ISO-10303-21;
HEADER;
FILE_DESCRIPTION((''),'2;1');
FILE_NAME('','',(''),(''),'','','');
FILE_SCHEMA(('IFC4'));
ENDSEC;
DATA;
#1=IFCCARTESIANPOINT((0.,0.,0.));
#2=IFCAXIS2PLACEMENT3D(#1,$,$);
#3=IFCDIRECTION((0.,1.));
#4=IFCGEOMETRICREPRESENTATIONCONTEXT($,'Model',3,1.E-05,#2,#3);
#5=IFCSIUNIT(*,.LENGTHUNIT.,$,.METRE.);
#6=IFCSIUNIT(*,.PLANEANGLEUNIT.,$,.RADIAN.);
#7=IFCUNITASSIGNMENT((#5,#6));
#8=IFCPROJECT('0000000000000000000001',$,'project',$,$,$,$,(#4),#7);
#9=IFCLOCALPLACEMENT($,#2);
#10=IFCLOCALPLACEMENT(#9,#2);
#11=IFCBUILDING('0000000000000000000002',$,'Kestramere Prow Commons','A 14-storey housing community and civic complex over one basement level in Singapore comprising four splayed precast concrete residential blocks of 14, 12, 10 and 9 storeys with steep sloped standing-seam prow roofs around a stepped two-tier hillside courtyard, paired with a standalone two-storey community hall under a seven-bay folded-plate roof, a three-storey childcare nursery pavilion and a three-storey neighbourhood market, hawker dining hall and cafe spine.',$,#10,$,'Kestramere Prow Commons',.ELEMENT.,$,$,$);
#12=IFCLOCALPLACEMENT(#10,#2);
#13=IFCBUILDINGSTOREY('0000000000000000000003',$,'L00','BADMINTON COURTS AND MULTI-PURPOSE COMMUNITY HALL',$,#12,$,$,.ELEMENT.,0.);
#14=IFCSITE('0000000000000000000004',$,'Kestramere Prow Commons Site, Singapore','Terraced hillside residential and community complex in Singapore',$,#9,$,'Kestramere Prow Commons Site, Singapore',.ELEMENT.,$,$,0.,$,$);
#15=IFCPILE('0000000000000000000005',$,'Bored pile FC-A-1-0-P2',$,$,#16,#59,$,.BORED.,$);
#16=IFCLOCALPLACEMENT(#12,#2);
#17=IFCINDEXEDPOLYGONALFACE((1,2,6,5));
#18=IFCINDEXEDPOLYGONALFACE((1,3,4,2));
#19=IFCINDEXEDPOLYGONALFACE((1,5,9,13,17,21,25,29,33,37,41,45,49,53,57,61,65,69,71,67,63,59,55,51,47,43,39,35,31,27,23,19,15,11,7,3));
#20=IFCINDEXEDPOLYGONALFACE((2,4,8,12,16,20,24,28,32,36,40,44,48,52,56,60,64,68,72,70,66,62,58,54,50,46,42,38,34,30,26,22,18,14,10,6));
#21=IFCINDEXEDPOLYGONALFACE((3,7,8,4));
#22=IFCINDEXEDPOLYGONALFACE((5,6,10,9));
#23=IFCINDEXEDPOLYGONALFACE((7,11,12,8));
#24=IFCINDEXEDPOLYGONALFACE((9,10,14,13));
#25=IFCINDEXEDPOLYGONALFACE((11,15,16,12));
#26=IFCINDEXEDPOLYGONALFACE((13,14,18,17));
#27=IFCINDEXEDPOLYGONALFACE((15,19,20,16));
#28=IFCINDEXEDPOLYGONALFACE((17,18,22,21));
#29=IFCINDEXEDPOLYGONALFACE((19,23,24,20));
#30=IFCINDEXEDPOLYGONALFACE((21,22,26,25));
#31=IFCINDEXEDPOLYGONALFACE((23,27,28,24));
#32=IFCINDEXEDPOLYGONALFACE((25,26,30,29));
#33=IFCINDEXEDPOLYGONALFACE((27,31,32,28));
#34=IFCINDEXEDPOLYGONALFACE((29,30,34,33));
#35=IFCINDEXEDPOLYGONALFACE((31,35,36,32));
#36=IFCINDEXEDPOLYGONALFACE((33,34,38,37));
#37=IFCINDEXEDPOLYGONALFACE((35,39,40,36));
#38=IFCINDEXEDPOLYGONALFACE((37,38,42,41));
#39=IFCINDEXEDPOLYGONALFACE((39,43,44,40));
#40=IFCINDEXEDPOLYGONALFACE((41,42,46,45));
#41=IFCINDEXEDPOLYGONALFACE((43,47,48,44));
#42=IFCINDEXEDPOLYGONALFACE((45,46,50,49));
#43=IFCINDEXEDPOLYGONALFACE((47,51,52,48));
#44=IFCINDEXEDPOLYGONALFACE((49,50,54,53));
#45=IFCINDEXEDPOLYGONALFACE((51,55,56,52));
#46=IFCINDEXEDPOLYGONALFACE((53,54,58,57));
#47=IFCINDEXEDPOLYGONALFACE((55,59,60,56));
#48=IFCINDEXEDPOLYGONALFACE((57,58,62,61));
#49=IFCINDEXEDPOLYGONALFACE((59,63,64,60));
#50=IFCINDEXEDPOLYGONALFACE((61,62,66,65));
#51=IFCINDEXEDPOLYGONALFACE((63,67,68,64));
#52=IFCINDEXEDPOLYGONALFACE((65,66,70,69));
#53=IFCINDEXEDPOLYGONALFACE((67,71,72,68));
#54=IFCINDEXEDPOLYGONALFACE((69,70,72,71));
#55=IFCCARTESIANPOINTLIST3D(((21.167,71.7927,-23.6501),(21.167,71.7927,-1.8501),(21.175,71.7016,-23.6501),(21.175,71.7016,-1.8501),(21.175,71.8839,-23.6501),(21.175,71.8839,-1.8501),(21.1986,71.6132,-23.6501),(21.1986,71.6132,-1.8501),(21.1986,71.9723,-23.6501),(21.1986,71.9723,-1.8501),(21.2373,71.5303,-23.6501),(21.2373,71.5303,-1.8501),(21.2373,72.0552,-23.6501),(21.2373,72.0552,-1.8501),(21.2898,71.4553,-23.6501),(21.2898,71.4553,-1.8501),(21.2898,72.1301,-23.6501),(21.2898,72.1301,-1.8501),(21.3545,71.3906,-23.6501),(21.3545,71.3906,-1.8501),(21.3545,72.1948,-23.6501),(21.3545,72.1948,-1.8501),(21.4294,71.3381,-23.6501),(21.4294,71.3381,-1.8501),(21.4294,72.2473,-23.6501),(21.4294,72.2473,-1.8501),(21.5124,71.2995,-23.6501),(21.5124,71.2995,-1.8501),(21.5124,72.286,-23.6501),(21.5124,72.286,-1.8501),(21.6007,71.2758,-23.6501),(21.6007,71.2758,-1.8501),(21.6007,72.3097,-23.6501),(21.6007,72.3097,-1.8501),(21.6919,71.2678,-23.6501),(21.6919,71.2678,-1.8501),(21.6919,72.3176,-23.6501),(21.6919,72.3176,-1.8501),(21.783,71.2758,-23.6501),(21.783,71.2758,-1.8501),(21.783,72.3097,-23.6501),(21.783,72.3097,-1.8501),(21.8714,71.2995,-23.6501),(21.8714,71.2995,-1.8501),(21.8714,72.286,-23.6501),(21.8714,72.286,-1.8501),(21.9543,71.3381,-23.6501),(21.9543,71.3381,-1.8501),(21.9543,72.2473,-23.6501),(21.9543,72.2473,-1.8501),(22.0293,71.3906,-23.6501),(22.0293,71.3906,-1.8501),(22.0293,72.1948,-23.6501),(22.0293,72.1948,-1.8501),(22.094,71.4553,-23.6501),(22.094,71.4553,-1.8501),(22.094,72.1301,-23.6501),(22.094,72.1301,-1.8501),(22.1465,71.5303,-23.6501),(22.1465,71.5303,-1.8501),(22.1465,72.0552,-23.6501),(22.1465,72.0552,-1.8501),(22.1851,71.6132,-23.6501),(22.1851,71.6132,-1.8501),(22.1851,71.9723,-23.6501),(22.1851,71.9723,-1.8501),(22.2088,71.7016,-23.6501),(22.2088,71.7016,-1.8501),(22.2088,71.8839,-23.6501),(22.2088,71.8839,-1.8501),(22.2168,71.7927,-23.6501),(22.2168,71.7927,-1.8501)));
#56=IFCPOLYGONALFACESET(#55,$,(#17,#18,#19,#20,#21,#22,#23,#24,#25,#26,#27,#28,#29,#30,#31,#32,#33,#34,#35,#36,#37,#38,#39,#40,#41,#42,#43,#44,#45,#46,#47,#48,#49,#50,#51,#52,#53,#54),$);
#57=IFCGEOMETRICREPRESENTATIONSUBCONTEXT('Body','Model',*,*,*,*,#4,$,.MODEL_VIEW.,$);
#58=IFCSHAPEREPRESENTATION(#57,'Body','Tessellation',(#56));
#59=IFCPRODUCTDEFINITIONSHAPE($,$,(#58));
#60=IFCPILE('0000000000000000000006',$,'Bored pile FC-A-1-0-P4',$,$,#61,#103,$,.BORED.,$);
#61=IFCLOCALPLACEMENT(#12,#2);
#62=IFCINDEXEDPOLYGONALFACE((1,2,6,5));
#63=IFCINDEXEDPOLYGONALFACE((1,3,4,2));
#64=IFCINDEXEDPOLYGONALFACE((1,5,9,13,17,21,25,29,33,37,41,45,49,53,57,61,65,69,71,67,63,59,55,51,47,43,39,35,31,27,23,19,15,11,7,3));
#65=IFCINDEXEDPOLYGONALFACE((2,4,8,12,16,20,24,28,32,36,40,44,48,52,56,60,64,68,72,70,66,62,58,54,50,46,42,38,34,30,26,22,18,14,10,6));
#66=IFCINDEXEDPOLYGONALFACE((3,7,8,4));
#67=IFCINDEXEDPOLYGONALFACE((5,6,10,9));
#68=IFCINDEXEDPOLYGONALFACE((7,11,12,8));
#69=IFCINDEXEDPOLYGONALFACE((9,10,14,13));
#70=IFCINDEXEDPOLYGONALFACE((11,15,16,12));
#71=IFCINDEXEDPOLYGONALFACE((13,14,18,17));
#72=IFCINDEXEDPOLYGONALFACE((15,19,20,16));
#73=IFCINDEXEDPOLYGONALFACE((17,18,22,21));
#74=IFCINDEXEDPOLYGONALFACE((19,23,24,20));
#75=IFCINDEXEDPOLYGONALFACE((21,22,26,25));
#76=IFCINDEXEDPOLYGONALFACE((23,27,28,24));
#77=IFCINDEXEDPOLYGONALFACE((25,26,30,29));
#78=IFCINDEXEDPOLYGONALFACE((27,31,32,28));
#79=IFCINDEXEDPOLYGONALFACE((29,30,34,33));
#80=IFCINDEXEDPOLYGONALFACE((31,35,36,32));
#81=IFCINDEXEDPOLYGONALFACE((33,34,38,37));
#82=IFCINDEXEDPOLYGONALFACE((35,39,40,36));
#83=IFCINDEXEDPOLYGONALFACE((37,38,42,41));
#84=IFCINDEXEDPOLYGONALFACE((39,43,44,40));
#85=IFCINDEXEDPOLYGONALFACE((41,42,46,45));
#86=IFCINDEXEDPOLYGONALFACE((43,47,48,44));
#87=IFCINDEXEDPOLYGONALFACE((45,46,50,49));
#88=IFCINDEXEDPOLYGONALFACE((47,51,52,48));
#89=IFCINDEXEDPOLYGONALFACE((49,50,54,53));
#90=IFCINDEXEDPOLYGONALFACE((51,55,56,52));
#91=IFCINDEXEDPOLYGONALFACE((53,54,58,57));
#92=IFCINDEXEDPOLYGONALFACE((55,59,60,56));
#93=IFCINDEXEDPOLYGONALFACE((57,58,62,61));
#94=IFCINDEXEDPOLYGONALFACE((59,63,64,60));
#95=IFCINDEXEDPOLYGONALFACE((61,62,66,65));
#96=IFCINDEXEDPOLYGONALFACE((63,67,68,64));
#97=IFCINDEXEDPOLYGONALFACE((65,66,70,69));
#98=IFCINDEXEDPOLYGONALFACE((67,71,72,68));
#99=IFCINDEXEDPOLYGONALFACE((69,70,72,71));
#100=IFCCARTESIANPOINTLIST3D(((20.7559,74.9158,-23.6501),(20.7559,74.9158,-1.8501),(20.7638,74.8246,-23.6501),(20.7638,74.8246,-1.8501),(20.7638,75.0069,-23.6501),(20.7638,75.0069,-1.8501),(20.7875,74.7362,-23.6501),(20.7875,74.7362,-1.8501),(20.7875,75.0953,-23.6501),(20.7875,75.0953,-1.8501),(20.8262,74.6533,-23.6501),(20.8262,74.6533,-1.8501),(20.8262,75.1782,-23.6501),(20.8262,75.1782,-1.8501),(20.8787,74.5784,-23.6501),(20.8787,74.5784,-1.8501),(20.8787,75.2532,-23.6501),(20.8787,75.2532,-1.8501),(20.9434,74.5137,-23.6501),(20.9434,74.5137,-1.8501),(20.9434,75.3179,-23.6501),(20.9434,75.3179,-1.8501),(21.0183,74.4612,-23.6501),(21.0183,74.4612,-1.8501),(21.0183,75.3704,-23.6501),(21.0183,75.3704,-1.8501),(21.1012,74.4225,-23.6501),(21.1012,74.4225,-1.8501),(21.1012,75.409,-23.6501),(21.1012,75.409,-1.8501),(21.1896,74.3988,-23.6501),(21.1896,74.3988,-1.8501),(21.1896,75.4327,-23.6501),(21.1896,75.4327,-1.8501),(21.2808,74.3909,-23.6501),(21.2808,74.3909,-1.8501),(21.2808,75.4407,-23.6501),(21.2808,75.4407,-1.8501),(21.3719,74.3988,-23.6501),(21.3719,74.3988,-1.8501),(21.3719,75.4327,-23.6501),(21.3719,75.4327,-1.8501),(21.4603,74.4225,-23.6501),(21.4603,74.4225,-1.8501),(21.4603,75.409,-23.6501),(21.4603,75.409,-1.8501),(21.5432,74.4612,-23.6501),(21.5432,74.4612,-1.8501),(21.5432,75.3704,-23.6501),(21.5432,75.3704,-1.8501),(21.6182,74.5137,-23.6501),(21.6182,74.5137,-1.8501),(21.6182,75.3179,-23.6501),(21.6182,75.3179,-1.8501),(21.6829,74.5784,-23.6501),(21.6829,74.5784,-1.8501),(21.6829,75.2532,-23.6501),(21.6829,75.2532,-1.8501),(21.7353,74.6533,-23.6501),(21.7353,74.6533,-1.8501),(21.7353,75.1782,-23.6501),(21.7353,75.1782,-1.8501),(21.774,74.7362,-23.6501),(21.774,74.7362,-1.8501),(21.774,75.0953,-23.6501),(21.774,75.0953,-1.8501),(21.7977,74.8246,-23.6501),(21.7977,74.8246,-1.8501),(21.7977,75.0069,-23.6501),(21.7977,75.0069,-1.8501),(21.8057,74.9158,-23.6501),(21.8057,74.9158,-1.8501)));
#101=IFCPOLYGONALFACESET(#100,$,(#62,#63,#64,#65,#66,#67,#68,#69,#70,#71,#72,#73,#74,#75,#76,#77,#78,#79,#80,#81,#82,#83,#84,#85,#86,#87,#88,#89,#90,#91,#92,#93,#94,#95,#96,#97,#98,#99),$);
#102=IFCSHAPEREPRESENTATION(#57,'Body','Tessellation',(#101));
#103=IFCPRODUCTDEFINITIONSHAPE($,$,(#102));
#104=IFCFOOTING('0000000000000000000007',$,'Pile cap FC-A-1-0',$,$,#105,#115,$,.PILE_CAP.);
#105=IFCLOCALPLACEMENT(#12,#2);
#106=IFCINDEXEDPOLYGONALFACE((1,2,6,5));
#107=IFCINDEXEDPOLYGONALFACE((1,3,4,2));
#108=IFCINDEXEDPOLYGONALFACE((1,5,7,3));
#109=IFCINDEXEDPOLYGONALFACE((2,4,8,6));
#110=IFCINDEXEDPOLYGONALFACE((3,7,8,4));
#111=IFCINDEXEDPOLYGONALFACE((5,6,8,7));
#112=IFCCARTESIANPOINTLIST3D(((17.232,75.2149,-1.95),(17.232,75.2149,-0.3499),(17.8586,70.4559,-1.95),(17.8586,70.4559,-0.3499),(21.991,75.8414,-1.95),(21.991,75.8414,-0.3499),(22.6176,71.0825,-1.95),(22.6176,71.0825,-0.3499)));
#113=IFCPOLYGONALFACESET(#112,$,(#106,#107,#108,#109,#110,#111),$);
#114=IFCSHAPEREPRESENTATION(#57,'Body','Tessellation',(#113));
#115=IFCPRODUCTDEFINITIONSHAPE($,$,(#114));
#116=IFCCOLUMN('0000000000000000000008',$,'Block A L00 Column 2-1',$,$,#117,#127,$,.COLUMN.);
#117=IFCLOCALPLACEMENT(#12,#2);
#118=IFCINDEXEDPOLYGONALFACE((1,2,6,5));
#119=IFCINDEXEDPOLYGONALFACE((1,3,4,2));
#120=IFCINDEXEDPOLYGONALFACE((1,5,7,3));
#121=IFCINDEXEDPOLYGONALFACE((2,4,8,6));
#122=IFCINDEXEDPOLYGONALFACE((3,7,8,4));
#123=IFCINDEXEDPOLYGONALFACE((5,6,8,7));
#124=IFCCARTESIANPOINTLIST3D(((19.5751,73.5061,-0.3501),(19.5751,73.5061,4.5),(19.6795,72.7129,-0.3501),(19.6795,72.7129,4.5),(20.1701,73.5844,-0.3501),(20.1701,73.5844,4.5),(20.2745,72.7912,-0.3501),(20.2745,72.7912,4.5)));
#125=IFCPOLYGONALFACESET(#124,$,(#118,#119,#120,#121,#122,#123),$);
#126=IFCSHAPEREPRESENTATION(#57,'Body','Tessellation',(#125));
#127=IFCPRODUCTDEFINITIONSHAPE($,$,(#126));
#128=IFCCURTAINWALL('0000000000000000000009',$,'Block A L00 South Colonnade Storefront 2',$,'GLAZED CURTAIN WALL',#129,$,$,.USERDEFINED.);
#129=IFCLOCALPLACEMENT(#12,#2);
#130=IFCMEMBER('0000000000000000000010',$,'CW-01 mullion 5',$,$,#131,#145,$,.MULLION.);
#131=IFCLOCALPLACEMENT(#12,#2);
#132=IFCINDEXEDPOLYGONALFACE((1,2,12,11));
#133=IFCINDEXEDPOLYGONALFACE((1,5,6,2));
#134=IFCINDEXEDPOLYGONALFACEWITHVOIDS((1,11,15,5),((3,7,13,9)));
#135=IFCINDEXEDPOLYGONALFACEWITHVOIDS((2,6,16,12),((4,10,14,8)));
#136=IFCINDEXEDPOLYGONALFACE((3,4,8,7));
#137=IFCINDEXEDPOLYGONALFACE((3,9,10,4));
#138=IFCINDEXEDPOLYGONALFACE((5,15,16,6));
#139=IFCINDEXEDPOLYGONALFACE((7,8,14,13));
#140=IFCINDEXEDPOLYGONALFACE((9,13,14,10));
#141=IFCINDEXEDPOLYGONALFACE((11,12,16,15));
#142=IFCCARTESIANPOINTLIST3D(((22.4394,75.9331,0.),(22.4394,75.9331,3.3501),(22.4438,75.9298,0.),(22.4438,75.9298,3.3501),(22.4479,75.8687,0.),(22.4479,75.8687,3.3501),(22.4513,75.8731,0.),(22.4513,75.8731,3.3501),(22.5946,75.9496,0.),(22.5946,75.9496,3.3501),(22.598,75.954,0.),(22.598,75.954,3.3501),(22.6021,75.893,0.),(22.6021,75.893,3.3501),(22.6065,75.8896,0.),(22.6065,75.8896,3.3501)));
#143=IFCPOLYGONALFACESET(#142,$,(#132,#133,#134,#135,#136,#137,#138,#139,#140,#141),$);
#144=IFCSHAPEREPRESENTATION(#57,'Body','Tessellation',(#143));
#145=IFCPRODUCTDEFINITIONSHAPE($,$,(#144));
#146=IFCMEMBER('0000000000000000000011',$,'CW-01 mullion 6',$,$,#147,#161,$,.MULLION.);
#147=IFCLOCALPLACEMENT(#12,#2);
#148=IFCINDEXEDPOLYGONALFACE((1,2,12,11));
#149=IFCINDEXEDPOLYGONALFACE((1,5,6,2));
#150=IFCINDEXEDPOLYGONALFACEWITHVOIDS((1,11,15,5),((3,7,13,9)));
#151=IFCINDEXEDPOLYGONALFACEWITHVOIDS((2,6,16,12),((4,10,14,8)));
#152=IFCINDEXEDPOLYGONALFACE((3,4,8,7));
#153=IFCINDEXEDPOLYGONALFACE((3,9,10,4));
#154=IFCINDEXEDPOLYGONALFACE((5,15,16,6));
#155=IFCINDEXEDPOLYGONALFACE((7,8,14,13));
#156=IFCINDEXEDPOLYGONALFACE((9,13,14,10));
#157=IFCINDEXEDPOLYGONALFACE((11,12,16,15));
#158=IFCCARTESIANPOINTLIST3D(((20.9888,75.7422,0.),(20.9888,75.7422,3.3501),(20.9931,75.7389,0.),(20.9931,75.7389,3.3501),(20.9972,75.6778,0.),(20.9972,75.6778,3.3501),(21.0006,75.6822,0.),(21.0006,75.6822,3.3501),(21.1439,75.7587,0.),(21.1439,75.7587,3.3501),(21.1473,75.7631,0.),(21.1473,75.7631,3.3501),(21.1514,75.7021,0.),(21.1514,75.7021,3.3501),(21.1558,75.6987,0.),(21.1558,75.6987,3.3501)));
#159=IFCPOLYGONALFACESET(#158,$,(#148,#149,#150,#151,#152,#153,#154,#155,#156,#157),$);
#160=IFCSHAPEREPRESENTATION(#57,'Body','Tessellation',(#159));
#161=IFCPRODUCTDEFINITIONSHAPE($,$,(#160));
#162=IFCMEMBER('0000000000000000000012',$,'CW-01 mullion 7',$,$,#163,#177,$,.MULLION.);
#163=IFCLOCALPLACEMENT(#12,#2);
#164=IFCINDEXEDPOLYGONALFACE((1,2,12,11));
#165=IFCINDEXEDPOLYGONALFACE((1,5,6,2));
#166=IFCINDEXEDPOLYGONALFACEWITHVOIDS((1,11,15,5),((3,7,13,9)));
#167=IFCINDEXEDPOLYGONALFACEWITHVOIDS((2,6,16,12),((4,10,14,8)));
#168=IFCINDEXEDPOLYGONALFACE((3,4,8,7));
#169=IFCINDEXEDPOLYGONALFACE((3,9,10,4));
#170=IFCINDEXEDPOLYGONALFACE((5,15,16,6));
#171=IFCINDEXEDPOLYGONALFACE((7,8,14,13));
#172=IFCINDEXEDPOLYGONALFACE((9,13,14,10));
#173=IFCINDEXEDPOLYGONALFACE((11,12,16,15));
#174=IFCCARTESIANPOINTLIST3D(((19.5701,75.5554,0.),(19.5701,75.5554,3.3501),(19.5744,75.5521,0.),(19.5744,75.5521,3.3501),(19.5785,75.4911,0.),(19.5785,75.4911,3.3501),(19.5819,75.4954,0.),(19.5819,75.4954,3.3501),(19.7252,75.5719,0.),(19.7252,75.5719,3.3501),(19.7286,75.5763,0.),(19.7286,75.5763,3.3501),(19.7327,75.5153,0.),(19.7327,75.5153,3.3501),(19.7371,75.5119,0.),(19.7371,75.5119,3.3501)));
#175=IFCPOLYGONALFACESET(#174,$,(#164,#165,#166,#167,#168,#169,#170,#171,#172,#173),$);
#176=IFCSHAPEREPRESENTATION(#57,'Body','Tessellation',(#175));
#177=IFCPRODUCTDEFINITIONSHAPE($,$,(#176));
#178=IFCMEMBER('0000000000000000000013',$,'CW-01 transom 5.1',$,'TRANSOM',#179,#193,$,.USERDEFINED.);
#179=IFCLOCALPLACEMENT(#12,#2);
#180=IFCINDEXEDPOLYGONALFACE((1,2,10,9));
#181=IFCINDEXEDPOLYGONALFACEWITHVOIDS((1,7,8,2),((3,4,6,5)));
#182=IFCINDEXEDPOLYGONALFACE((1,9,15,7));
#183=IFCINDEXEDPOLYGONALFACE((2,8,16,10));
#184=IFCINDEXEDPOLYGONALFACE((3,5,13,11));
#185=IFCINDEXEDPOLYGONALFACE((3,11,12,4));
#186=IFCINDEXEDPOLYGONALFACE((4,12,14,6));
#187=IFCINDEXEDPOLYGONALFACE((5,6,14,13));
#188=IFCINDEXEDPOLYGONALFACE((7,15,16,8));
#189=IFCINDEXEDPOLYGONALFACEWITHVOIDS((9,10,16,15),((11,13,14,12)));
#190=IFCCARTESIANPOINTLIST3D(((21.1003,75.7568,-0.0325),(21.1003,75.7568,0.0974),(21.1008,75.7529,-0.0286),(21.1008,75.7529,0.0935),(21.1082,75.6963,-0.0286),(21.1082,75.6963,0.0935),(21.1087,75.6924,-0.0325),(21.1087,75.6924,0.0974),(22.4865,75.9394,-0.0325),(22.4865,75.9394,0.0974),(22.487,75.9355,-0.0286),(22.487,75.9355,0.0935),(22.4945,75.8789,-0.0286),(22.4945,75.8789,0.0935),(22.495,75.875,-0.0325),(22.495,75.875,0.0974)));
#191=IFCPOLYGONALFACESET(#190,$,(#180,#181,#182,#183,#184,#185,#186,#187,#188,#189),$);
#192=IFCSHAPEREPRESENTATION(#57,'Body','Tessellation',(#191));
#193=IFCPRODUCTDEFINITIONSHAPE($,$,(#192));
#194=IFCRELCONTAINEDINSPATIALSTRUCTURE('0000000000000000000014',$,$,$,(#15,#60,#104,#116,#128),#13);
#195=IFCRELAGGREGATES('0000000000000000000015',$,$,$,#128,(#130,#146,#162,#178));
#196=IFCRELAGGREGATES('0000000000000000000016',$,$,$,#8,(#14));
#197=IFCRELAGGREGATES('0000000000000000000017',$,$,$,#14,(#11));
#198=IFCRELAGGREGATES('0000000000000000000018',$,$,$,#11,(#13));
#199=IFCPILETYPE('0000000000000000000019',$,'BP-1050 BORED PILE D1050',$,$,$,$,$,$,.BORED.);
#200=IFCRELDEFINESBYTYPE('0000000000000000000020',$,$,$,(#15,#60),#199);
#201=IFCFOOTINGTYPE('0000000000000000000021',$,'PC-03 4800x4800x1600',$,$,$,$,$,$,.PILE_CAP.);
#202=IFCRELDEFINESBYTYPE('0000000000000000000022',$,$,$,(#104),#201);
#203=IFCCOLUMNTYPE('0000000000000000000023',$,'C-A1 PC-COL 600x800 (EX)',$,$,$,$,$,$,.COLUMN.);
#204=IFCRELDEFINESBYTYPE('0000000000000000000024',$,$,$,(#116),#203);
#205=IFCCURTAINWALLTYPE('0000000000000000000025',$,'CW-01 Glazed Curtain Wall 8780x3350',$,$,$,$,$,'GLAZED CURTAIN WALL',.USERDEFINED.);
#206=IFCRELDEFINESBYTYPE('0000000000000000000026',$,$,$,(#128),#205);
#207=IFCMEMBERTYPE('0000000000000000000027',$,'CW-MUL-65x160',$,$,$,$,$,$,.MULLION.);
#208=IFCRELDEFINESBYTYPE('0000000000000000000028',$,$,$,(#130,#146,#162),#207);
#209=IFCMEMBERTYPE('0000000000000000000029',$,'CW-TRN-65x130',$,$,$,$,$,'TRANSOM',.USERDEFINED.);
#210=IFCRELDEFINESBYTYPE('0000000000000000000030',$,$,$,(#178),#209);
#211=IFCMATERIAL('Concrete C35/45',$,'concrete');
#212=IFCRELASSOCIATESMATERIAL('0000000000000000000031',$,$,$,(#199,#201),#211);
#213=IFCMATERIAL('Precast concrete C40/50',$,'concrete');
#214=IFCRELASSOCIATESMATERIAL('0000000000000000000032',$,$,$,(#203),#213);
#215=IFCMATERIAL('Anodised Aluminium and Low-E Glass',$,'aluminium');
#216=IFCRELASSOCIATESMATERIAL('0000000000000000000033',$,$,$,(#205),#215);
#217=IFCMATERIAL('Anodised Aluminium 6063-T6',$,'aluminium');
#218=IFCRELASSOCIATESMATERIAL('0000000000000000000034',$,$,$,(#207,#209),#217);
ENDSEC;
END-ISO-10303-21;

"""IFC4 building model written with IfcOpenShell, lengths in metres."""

from ifc_helpers import new_model, si_unit, direction, frame, origin, origin_2d, place, context, subcontext, project, spatial, rectangle, hollow_rectangle, circle, extrude, material, material_profile, profile_set, type_object, element, aggregate, save


model = new_model("IFC4")

# Units and contexts
model_context = context("Model", 3, precision=1e-05, world=origin(), true_north=direction((0.0, 1.0)))
body_context = subcontext(model_context, "Body", "Model", "MODEL_VIEW")
ifc_project = project(units=[si_unit("LENGTHUNIT", "METRE"), si_unit("PLANEANGLEUNIT", "RADIAN")], contexts=[model_context])

# Site, building, storey
site_placement = place(None, origin())
site = spatial("IfcSite", under=ifc_project, at=site_placement, Name="Kestramere Prow Commons Site, Singapore", Description="Terraced hillside residential and community complex in Singapore", LongName="Kestramere Prow Commons Site, Singapore", CompositionType="ELEMENT", RefElevation=0.0)
building_placement = place(site_placement, origin())
building = spatial("IfcBuilding", under=site, at=building_placement, Name="Kestramere Prow Commons", Description="A 14-storey housing community and civic complex over one basement level in Singapore comprising four splayed precast concrete residential blocks of 14, 12, 10 and 9 storeys with steep sloped standing-seam prow roofs around a stepped two-tier hillside courtyard, paired with a standalone two-storey community hall under a seven-bay folded-plate roof, a three-storey childcare nursery pavilion and a three-storey neighbourhood market, hawker dining hall and cafe spine.", LongName="Kestramere Prow Commons", CompositionType="ELEMENT")
storey_placement = place(building_placement, origin())
storey = spatial("IfcBuildingStorey", under=building, at=storey_placement, Name="L00", Description="BADMINTON COURTS AND MULTI-PURPOSE COMMUNITY HALL", CompositionType="ELEMENT", Elevation=0.0)

# Piles
ifc_material_1 = material(Name="Concrete C35/45", Category="concrete")
ifc_material_profile_1 = material_profile(ifc_material_1, circle(Radius=0.5249, at=origin_2d()), Name="BORED PILE D1050")
ifc_profile_set_1 = profile_set([ifc_material_profile_1], Name="Concrete C35/45")
pile_type = type_object("IfcPileType", Name="BP-1050 BORED PILE D1050", PredefinedType="BORED", material=ifc_profile_set_1)
for number, where, z_axis, x_axis, name in (
    (1, (21.6919, 71.7927, -1.8501), (0.0, 0.0, -1.0), (1.0, 0.0, 0.0), "Bored pile FC-A-1-0-P2"),
    (2, (21.2808, 74.9158, -1.8501), (0.0, 0.0, -1.0), (1.0, 0.0, 0.0), "Bored pile FC-A-1-0-P4"),
):
    element("IfcPile", number, at=place(storey_placement, frame(where, z_axis=z_axis, x_axis=x_axis)), inside=storey, type_object=pile_type, Name=name, PredefinedType="BORED", context=body_context, shape_type="SweptSolid", body=[
        extrude(circle(Radius=0.5249, at=origin_2d()), origin(), (0.0, 0.0, 1.0), 21.8),
    ])

# Footing
footing_type = type_object("IfcFootingType", Name="PC-03 4800x4800x1600", PredefinedType="PILE_CAP", material=ifc_material_1)
footing_placement = place(storey_placement, frame((19.9248, 73.1487, -1.95), z_axis=(0.0, 0.0, 1.0), x_axis=(0.991445, 0.130526, 0.0)))
element("IfcFooting", 3, at=footing_placement, inside=storey, type_object=footing_type, Name="Pile cap FC-A-1-0", PredefinedType="PILE_CAP", context=body_context, shape_type="SweptSolid", body=[
    extrude(rectangle(XDim=4.8, YDim=4.8, at=origin_2d()), origin(), (0.0, 0.0, 1.0), 1.6001),
])

# Column
ifc_material_2 = material(Name="Precast concrete C40/50", Category="concrete")
ifc_material_profile_2 = material_profile(ifc_material_2, rectangle(XDim=0.6001, YDim=0.8, at=origin_2d()), Name="PC-COL 600x800")
ifc_profile_set_2 = profile_set([ifc_material_profile_2], Name="Precast concrete C40/50")
column_type = type_object("IfcColumnType", Name="C-A1 PC-COL 600x800 (EX)", PredefinedType="COLUMN", material=ifc_profile_set_2)
column_placement = place(storey_placement, frame((19.9248, 73.1487, -0.3501), z_axis=(0.0, 0.0, 1.0), x_axis=(0.991445, 0.130526, 0.0)))
element("IfcColumn", 4, at=column_placement, inside=storey, type_object=column_type, Name="Block A L00 Column 2-1", PredefinedType="COLUMN", context=body_context, shape_type="SweptSolid", body=[
    extrude(rectangle(XDim=0.6001, YDim=0.8, at=origin_2d()), origin(), (0.0, 0.0, 1.0), 4.8501),
])

# Curtain wall, members
ifc_material_3 = material(Name="Anodised Aluminium and Low-E Glass", Category="aluminium")
curtain_wall_type = type_object("IfcCurtainWallType", Name="CW-01 Glazed Curtain Wall 8780x3350", ElementType="GLAZED CURTAIN WALL", PredefinedType="USERDEFINED", material=ifc_material_3)
curtain_wall_placement = place(storey_placement, origin())
curtain_wall = element("IfcCurtainWall", 5, at=curtain_wall_placement, inside=storey, type_object=curtain_wall_type, Name="Block A L00 South Colonnade Storefront 2", ObjectType="GLAZED CURTAIN WALL", PredefinedType="USERDEFINED")
ifc_material_4 = material(Name="Anodised Aluminium 6063-T6", Category="aluminium")
ifc_material_profile_3 = material_profile(ifc_material_4, hollow_rectangle(XDim=0.0649, YDim=0.1599, WallThickness=0.0039, at=origin_2d()), Name="ALU-MUL 65x160")
ifc_profile_set_3 = profile_set([ifc_material_profile_3], Name="Anodised Aluminium 6063-T6")
member_type_1 = type_object("IfcMemberType", Name="CW-MUL-65x160", PredefinedType="MULLION", material=ifc_profile_set_3)
member_1_placement = place(storey_placement, frame((22.5229, 75.9114, 0.0), z_axis=(0.0, 0.0, 1.0), x_axis=(0.130526, -0.991445, 0.0)))
member_1 = element("IfcMember", 6, at=member_1_placement, type_object=member_type_1, Name="CW-01 mullion 5", PredefinedType="MULLION", context=body_context, shape_type="SweptSolid", body=[
    extrude(hollow_rectangle(XDim=0.0649, YDim=0.1599, WallThickness=0.0039, at=origin_2d()), origin(), (0.0, 0.0, 1.0), 3.3501),
])
member_2_placement = place(storey_placement, frame((21.0723, 75.7205, 0.0), z_axis=(0.0, 0.0, 1.0), x_axis=(0.130526, -0.991445, 0.0)))
member_2 = element("IfcMember", 7, at=member_2_placement, type_object=member_type_1, Name="CW-01 mullion 6", PredefinedType="MULLION", context=body_context, shape_type="SweptSolid", body=[
    extrude(hollow_rectangle(XDim=0.0649, YDim=0.1599, WallThickness=0.0039, at=origin_2d()), origin(), (0.0, 0.0, 1.0), 3.3501),
])
member_3_placement = place(storey_placement, frame((19.6536, 75.5337, 0.0), z_axis=(0.0, 0.0, 1.0), x_axis=(0.130526, -0.991445, 0.0)))
member_3 = element("IfcMember", 8, at=member_3_placement, type_object=member_type_1, Name="CW-01 mullion 7", PredefinedType="MULLION", context=body_context, shape_type="SweptSolid", body=[
    extrude(hollow_rectangle(XDim=0.0649, YDim=0.1599, WallThickness=0.0039, at=origin_2d()), origin(), (0.0, 0.0, 1.0), 3.3501),
])
ifc_material_profile_4 = material_profile(ifc_material_4, hollow_rectangle(XDim=0.0649, YDim=0.1299, WallThickness=0.0039, at=origin_2d()), Name="ALU-TRN 65x130")
ifc_profile_set_4 = profile_set([ifc_material_profile_4], Name="Anodised Aluminium 6063-T6")
member_type_2 = type_object("IfcMemberType", Name="CW-TRN-65x130", ElementType="TRANSOM", PredefinedType="USERDEFINED", material=ifc_profile_set_4)
member_4_placement = place(storey_placement, frame((22.4907, 75.9072, 0.0325), z_axis=(-0.991434, -0.130608, 0.0), x_axis=(0.130608, -0.991434, 0.0)))
member_4 = element("IfcMember", 9, at=member_4_placement, type_object=member_type_2, Name="CW-01 transom 5.1", ObjectType="TRANSOM", PredefinedType="USERDEFINED", context=body_context, shape_type="SweptSolid", body=[
    extrude(hollow_rectangle(XDim=0.0649, YDim=0.1299, WallThickness=0.0039, at=origin_2d()), origin(), (0.0, 0.0, 1.0), 1.3982),
])

aggregate(curtain_wall, [member_1, member_2, member_3, member_4])

save(model, "model.ifc")
